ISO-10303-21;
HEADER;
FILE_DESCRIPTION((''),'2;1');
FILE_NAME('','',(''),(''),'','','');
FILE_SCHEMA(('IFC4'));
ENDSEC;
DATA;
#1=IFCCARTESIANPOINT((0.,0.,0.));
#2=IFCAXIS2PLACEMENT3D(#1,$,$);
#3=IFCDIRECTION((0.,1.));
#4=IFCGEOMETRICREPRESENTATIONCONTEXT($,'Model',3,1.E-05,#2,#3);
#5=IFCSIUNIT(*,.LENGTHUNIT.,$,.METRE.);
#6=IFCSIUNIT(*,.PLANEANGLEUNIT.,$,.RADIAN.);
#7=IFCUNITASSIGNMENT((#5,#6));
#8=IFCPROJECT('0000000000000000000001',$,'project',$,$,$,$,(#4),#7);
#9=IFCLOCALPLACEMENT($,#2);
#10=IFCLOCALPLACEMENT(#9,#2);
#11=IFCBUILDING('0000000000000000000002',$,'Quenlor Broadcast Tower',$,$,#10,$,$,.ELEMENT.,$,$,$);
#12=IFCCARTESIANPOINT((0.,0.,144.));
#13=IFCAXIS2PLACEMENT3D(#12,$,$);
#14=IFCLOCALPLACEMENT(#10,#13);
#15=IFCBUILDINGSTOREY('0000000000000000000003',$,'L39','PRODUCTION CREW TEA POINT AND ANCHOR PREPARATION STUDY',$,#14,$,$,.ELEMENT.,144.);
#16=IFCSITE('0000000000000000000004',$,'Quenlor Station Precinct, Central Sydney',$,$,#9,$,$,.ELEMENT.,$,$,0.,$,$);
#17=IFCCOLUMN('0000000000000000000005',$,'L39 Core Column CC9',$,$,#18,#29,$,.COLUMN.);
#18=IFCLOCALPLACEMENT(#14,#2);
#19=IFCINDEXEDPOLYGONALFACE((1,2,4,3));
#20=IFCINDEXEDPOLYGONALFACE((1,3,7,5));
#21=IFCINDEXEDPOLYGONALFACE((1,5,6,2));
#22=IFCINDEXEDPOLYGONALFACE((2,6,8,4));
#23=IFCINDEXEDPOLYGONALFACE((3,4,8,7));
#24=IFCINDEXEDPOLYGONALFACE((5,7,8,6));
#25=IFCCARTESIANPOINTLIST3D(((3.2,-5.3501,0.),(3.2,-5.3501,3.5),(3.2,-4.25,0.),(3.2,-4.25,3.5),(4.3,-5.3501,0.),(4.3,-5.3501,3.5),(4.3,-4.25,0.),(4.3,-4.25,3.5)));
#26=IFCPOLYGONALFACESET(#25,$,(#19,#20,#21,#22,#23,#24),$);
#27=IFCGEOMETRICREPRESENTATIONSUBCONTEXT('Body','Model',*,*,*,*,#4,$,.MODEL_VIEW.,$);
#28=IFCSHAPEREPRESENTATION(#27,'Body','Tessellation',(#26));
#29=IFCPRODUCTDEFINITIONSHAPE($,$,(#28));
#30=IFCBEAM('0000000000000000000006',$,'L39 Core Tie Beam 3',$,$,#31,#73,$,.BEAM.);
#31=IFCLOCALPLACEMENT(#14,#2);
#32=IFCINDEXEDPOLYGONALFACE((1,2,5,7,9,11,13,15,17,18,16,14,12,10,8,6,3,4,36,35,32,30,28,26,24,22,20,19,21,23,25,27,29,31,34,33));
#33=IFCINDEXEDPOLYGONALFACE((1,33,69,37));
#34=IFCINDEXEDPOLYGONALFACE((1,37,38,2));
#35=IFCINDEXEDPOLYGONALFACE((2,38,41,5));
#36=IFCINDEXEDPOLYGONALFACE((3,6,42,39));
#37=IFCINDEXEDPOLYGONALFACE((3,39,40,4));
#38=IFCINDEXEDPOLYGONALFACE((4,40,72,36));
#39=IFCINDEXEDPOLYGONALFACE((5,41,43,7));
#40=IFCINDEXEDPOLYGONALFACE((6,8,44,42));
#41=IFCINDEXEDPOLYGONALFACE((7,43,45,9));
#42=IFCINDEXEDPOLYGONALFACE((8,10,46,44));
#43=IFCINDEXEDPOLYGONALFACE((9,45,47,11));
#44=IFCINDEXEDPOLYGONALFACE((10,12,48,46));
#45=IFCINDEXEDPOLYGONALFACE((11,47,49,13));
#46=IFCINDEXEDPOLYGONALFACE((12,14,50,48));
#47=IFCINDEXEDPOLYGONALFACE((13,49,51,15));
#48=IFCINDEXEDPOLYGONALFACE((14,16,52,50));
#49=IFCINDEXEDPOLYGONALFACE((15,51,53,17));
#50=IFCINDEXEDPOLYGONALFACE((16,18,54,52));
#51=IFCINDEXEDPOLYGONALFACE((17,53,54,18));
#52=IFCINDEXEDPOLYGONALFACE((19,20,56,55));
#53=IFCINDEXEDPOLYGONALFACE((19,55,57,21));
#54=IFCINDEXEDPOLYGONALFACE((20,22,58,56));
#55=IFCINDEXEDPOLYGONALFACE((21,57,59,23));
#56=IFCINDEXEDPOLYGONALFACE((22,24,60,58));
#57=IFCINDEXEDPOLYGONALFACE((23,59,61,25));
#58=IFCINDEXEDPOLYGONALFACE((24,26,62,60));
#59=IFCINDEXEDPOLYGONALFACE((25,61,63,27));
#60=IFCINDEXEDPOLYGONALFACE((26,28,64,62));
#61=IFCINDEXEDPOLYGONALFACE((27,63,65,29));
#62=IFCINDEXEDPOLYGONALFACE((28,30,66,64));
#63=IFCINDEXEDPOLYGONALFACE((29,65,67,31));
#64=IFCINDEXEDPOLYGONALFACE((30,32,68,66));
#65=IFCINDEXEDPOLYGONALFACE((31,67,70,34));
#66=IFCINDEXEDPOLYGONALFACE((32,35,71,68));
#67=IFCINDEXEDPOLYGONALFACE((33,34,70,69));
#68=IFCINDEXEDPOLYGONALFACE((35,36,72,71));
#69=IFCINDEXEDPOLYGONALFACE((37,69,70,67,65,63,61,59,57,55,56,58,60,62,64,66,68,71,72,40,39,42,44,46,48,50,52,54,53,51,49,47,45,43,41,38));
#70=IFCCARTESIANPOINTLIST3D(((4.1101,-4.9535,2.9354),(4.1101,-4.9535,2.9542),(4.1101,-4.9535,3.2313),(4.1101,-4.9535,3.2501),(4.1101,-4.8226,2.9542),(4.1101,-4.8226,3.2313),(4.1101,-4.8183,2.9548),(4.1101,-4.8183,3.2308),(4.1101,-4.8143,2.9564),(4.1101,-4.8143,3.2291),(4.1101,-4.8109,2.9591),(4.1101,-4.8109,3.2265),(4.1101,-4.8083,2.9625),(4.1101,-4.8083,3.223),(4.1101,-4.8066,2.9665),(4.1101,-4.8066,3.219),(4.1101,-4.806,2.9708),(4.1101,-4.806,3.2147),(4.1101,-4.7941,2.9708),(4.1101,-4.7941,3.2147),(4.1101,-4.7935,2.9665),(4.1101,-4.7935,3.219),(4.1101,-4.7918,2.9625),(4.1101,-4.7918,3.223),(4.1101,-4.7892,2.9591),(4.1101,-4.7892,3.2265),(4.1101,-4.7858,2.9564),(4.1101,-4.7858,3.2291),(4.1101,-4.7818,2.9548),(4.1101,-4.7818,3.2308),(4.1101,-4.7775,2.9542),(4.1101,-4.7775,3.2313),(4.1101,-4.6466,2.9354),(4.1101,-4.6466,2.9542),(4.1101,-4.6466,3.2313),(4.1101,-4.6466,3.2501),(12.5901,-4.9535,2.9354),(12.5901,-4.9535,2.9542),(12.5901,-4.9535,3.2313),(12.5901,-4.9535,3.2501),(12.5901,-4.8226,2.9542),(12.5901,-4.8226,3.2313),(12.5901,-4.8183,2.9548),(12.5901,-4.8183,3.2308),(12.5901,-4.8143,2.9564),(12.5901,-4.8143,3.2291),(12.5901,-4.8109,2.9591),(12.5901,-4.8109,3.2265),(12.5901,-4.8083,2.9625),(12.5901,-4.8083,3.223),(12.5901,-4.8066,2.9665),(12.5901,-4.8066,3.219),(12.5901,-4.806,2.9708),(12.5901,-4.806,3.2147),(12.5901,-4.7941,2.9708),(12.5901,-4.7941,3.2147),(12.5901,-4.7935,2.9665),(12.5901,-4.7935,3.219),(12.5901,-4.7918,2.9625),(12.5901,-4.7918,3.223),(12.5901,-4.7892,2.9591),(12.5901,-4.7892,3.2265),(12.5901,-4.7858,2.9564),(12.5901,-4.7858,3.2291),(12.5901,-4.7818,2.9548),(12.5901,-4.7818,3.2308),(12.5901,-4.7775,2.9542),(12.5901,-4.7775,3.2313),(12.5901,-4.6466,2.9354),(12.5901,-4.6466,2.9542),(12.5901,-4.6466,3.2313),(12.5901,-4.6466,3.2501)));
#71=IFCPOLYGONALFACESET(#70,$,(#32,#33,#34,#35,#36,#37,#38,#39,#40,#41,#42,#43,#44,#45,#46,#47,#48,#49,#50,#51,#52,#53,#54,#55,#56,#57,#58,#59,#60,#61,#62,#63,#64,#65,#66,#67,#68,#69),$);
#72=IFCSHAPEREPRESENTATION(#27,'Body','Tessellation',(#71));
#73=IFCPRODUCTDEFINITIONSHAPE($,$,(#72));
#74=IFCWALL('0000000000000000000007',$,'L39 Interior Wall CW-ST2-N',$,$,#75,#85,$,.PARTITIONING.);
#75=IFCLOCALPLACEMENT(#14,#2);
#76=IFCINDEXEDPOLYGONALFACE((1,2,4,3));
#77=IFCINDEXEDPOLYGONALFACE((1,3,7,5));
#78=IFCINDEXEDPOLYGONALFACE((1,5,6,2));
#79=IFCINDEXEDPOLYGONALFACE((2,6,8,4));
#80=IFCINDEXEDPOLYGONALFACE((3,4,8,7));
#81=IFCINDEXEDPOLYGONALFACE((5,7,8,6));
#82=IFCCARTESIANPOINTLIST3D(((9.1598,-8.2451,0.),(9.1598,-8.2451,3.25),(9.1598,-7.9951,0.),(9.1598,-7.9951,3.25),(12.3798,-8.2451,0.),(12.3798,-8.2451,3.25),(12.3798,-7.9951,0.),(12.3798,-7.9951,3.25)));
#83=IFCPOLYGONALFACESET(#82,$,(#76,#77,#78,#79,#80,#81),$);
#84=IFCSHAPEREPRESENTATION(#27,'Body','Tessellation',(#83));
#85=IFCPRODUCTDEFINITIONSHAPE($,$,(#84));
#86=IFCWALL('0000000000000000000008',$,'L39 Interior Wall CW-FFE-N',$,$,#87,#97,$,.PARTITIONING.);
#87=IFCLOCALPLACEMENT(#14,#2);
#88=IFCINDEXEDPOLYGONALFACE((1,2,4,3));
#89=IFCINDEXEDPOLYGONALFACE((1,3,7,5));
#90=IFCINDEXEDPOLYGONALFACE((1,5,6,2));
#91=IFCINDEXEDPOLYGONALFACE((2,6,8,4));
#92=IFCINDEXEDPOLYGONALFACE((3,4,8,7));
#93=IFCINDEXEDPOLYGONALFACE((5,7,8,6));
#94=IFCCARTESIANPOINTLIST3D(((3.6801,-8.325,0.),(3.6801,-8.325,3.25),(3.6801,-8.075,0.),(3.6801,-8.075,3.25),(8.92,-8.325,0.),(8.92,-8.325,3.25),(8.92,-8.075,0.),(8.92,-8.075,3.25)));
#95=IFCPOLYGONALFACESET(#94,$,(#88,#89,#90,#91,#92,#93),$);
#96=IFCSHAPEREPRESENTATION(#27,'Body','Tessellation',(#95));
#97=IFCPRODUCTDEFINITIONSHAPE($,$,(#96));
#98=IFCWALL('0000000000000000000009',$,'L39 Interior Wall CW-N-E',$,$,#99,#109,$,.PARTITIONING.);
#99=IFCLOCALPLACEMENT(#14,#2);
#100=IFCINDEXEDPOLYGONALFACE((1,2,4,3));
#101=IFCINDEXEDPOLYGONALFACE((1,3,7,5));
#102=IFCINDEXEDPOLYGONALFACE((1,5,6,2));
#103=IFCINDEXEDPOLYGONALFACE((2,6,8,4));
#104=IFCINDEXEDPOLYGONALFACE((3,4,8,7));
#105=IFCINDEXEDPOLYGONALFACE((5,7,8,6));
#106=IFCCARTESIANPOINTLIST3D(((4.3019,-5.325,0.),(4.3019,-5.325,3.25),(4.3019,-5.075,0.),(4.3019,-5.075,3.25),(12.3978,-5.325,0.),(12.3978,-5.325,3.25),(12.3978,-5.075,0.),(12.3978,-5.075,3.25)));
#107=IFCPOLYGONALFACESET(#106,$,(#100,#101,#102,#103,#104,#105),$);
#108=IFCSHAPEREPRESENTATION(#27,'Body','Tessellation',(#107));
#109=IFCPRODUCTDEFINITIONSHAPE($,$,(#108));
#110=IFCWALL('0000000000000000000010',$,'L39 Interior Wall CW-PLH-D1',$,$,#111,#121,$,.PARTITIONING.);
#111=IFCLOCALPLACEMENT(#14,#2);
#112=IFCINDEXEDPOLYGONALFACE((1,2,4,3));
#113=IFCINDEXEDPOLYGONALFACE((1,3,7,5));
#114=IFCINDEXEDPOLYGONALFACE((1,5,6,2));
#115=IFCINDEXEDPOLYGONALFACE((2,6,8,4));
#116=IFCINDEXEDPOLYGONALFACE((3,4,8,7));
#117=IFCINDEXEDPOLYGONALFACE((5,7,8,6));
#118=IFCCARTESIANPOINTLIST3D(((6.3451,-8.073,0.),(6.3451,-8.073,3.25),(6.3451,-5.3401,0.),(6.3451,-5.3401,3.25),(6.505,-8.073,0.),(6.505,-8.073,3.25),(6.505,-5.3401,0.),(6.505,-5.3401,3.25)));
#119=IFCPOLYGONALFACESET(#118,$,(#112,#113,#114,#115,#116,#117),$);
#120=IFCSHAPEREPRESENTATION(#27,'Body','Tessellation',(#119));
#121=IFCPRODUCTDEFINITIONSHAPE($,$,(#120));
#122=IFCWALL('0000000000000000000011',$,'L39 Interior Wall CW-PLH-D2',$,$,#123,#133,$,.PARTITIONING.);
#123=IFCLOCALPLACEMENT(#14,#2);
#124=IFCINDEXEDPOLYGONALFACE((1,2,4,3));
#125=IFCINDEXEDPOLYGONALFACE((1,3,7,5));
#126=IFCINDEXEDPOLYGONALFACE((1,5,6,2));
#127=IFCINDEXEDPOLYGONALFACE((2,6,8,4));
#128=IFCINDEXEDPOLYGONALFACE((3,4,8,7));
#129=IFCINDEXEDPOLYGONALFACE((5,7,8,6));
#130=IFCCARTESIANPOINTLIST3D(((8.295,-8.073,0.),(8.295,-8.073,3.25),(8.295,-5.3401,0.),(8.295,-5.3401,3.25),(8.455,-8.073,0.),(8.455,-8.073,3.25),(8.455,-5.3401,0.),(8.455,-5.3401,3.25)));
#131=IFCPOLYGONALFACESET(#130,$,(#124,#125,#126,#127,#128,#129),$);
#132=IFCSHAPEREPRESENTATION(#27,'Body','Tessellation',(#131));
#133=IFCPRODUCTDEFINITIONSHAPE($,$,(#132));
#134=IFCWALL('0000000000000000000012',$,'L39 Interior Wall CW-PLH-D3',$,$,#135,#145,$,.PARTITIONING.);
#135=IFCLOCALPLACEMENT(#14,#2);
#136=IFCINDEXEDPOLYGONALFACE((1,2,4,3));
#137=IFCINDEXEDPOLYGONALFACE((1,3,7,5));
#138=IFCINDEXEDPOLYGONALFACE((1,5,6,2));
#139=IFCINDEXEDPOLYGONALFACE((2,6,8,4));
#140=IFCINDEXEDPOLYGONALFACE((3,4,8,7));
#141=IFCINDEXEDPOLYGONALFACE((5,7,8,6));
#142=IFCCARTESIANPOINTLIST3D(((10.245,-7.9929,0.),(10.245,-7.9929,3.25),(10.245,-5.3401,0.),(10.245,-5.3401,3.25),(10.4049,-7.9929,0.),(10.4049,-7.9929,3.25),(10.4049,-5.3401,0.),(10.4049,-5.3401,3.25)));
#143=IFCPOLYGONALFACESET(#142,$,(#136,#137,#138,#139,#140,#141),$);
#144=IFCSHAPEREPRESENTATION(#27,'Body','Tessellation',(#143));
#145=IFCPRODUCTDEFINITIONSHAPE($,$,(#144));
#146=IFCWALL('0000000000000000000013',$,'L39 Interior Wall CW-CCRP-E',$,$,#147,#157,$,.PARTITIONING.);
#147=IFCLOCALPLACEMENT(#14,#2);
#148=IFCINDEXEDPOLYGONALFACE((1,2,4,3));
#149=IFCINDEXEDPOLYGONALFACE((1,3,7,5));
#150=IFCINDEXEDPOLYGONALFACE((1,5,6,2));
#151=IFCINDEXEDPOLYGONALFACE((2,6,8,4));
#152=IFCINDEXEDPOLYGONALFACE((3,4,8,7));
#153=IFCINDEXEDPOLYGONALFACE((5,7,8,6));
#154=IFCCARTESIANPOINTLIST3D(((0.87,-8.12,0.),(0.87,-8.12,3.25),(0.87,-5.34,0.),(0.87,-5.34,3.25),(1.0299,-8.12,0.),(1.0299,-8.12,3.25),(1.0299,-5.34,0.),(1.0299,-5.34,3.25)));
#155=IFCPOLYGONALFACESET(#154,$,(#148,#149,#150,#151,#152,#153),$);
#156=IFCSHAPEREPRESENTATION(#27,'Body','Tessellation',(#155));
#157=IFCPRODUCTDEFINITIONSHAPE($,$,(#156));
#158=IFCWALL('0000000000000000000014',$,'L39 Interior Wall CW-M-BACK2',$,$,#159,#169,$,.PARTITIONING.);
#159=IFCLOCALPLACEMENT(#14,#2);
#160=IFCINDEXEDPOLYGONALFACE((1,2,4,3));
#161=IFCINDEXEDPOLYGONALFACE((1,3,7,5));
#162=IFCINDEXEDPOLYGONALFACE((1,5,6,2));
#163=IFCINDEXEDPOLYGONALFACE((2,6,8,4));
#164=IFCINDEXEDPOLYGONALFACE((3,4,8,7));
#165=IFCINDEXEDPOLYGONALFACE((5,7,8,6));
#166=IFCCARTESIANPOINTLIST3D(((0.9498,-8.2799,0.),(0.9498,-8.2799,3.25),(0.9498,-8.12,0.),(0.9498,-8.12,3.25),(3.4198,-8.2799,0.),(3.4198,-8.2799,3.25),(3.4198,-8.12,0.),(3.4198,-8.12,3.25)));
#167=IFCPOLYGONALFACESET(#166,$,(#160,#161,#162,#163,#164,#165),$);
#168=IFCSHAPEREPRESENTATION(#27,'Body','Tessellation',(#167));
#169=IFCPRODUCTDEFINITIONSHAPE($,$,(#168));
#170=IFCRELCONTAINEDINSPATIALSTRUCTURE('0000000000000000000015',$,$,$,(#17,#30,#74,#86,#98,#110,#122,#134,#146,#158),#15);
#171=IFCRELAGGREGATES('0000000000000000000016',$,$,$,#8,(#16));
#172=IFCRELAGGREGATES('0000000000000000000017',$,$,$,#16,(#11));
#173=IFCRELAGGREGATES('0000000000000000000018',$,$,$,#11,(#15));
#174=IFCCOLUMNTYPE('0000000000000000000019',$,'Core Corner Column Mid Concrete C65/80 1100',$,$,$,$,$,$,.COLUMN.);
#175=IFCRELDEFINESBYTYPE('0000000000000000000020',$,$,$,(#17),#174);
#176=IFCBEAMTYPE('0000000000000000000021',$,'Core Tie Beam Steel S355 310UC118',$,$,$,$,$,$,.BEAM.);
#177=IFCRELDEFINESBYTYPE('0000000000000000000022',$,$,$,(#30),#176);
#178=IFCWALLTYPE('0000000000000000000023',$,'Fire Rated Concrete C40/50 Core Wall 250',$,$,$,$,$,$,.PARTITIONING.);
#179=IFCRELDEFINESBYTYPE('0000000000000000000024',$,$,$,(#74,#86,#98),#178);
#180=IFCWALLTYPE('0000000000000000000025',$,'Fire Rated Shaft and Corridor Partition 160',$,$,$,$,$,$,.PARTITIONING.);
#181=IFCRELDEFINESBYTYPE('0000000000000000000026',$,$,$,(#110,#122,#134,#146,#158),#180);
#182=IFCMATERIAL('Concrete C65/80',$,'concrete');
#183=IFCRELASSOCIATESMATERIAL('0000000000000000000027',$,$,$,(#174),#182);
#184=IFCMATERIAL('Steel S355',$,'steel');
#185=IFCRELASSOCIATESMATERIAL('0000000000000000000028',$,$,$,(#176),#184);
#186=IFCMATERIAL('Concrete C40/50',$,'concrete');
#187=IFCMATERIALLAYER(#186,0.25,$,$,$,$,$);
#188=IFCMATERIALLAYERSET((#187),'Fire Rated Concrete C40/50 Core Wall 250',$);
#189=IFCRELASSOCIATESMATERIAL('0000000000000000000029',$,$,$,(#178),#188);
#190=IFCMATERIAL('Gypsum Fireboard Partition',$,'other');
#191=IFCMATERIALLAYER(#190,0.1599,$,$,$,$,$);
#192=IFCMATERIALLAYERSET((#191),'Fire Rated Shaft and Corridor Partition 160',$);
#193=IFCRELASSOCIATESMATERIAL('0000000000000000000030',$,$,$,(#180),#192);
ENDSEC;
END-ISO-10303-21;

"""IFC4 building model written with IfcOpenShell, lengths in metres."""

from ifc_helpers import new_model, si_unit, direction, frame, frame_2d, origin, origin_2d, place, context, subcontext, project, spatial, rectangle, i_section, extrude, material, layer, layer_set, material_profile, profile_set, type_object, element, save


model = new_model("IFC4")

# Units and contexts
model_context = context("Model", 3, precision=1e-05, world=origin(), true_north=direction((0.0, 1.0)))
body_context = subcontext(model_context, "Body", "Model", "MODEL_VIEW")
ifc_project = project(units=[si_unit("LENGTHUNIT", "METRE"), si_unit("PLANEANGLEUNIT", "RADIAN")], contexts=[model_context])

# Site, building, storey
site_placement = place(None, origin())
site = spatial("IfcSite", under=ifc_project, at=site_placement, Name="Quenlor Station Precinct, Central Sydney", CompositionType="ELEMENT", RefElevation=0.0)
building_placement = place(site_placement, origin())
building = spatial("IfcBuilding", under=site, at=building_placement, Name="Quenlor Broadcast Tower", CompositionType="ELEMENT")
storey_placement = place(building_placement, frame((0.0, 0.0, 144.0)))
storey = spatial("IfcBuildingStorey", under=building, at=storey_placement, Name="L39", Description="PRODUCTION CREW TEA POINT AND ANCHOR PREPARATION STUDY", CompositionType="ELEMENT", Elevation=144.0)

# Column
ifc_material_1 = material(Name="Concrete C65/80", Category="concrete")
ifc_material_profile_1 = material_profile(ifc_material_1, rectangle(XDim=1.1001, YDim=1.1001, at=origin_2d()))
ifc_profile_set_1 = profile_set([ifc_material_profile_1], Name="Concrete C65/80 RC1100x1100")
column_type = type_object("IfcColumnType", Name="Core Corner Column Mid Concrete C65/80 1100", PredefinedType="COLUMN", material=ifc_profile_set_1)
column_placement = place(storey_placement, frame((3.75, -4.8, 0.0), z_axis=(0.0, 0.0, 1.0), x_axis=(1.0, 0.0, 0.0)))
element("IfcColumn", 1, at=column_placement, inside=storey, type_object=column_type, Name="L39 Core Column CC9", PredefinedType="COLUMN", context=body_context, shape_type="SweptSolid", body=[
    extrude(rectangle(XDim=1.1001, YDim=1.1001, at=origin_2d()), origin(), (0.0, 0.0, 1.0), 3.5),
])

# Beam
ifc_material_2 = material(Name="Steel S355", Category="steel")
ifc_material_profile_2 = material_profile(ifc_material_2, i_section(OverallWidth=0.3069, OverallDepth=0.3147, WebThickness=0.012, FlangeThickness=0.0188, FilletRadius=0.0166, at=origin_2d()))
ifc_profile_set_2 = profile_set([ifc_material_profile_2], Name="Steel S355 310UC118")
beam_type = type_object("IfcBeamType", Name="Core Tie Beam Steel S355 310UC118", PredefinedType="BEAM", material=ifc_profile_set_2)
beam_placement = place(storey_placement, frame((4.1101, -4.8, 3.0928), z_axis=(1.0, 0.0, 0.0), x_axis=(0.0, 1.0, 0.0)))
element("IfcBeam", 2, at=beam_placement, inside=storey, type_object=beam_type, Name="L39 Core Tie Beam 3", PredefinedType="BEAM", context=body_context, shape_type="SweptSolid", body=[
    extrude(i_section(OverallWidth=0.3069, OverallDepth=0.3147, WebThickness=0.012, FlangeThickness=0.0188, FilletRadius=0.0166, at=origin_2d()), origin(), (0.0, 0.0, 1.0), 8.48),
])

# Shared definitions
ifc_material_3 = material(Name="Concrete C40/50", Category="concrete")
ifc_layer_1 = layer(ifc_material_3, 0.25)
ifc_layer_set_1 = layer_set([ifc_layer_1], Name="Fire Rated Concrete C40/50 Core Wall 250")
wall_type_1 = type_object("IfcWallType", Name="Fire Rated Concrete C40/50 Core Wall 250", PredefinedType="PARTITIONING", material=ifc_layer_set_1)

# Walls
wall_1_placement = place(storey_placement, frame((9.1599, -8.1201, 0.0), z_axis=(0.0, 0.0, 1.0), x_axis=(1.0, 0.0, 0.0)))
element("IfcWall", 3, at=wall_1_placement, inside=storey, type_object=wall_type_1, Name="L39 Interior Wall CW-ST2-N", PredefinedType="PARTITIONING", context=body_context, shape_type="SweptSolid", body=[
    extrude(rectangle(XDim=3.22, YDim=0.25, at=frame_2d((1.6099, 0.0))), origin(), (0.0, 0.0, 1.0), 3.25),
])
wall_2_placement = place(storey_placement, frame((3.6799, -8.2, 0.0), z_axis=(0.0, 0.0, 1.0), x_axis=(1.0, 0.0, 0.0)))
element("IfcWall", 4, at=wall_2_placement, inside=storey, type_object=wall_type_1, Name="L39 Interior Wall CW-FFE-N", PredefinedType="PARTITIONING", context=body_context, shape_type="SweptSolid", body=[
    extrude(rectangle(XDim=5.24, YDim=0.25, at=frame_2d((2.6201, 0.0))), origin(), (0.0, 0.0, 1.0), 3.25),
])
wall_3_placement = place(storey_placement, frame((4.302, -5.2, 0.0), z_axis=(0.0, 0.0, 1.0), x_axis=(1.0, 0.0, 0.0)))
element("IfcWall", 5, at=wall_3_placement, inside=storey, type_object=wall_type_1, Name="L39 Interior Wall CW-N-E", PredefinedType="PARTITIONING", context=body_context, shape_type="SweptSolid", body=[
    extrude(rectangle(XDim=8.0959, YDim=0.25, at=frame_2d((4.0479, 0.0))), origin(), (0.0, 0.0, 1.0), 3.25),
])

# Walls
ifc_material_4 = material(Name="Gypsum Fireboard Partition", Category="other")
ifc_layer_2 = layer(ifc_material_4, 0.1599)
ifc_layer_set_2 = layer_set([ifc_layer_2], Name="Fire Rated Shaft and Corridor Partition 160")
wall_type_2 = type_object("IfcWallType", Name="Fire Rated Shaft and Corridor Partition 160", PredefinedType="PARTITIONING", material=ifc_layer_set_2)
for number, where, z_axis, x_axis, name in (
    (6, (6.425, -8.073, 0.0), (0.0, 0.0, 1.0), (0.0, 1.0, 0.0), "L39 Interior Wall CW-PLH-D1"),
    (7, (8.375, -8.073, 0.0), (0.0, 0.0, 1.0), (0.0, 1.0, 0.0), "L39 Interior Wall CW-PLH-D2"),
):
    element("IfcWall", number, at=place(storey_placement, frame(where, z_axis=z_axis, x_axis=x_axis)), inside=storey, type_object=wall_type_2, Name=name, PredefinedType="PARTITIONING", context=body_context, shape_type="SweptSolid", body=[
        extrude(rectangle(XDim=2.7329, YDim=0.1599, at=frame_2d((1.3665, 0.0))), origin(), (0.0, 0.0, 1.0), 3.25),
    ])
wall_4_placement = place(storey_placement, frame((10.325, -7.9929, 0.0), z_axis=(0.0, 0.0, 1.0), x_axis=(0.0, 1.0, 0.0)))
element("IfcWall", 8, at=wall_4_placement, inside=storey, type_object=wall_type_2, Name="L39 Interior Wall CW-PLH-D3", PredefinedType="PARTITIONING", context=body_context, shape_type="SweptSolid", body=[
    extrude(rectangle(XDim=2.6528, YDim=0.1599, at=frame_2d((1.3264, 0.0))), origin(), (0.0, 0.0, 1.0), 3.25),
])
wall_5_placement = place(storey_placement, frame((0.95, -8.1201, 0.0), z_axis=(0.0, 0.0, 1.0), x_axis=(0.0, 1.0, 0.0)))
element("IfcWall", 9, at=wall_5_placement, inside=storey, type_object=wall_type_2, Name="L39 Interior Wall CW-CCRP-E", PredefinedType="PARTITIONING", context=body_context, shape_type="SweptSolid", body=[
    extrude(rectangle(XDim=2.78, YDim=0.1599, at=frame_2d((1.3901, 0.0))), origin(), (0.0, 0.0, 1.0), 3.25),
])
wall_6_placement = place(storey_placement, frame((0.95, -8.2, 0.0), z_axis=(0.0, 0.0, 1.0), x_axis=(1.0, 0.0, 0.0)))
element("IfcWall", 10, at=wall_6_placement, inside=storey, type_object=wall_type_2, Name="L39 Interior Wall CW-M-BACK2", PredefinedType="PARTITIONING", context=body_context, shape_type="SweptSolid", body=[
    extrude(rectangle(XDim=2.47, YDim=0.1599, at=frame_2d((1.2349, 0.0))), origin(), (0.0, 0.0, 1.0), 3.25),
])

save(model, "model.ifc")
